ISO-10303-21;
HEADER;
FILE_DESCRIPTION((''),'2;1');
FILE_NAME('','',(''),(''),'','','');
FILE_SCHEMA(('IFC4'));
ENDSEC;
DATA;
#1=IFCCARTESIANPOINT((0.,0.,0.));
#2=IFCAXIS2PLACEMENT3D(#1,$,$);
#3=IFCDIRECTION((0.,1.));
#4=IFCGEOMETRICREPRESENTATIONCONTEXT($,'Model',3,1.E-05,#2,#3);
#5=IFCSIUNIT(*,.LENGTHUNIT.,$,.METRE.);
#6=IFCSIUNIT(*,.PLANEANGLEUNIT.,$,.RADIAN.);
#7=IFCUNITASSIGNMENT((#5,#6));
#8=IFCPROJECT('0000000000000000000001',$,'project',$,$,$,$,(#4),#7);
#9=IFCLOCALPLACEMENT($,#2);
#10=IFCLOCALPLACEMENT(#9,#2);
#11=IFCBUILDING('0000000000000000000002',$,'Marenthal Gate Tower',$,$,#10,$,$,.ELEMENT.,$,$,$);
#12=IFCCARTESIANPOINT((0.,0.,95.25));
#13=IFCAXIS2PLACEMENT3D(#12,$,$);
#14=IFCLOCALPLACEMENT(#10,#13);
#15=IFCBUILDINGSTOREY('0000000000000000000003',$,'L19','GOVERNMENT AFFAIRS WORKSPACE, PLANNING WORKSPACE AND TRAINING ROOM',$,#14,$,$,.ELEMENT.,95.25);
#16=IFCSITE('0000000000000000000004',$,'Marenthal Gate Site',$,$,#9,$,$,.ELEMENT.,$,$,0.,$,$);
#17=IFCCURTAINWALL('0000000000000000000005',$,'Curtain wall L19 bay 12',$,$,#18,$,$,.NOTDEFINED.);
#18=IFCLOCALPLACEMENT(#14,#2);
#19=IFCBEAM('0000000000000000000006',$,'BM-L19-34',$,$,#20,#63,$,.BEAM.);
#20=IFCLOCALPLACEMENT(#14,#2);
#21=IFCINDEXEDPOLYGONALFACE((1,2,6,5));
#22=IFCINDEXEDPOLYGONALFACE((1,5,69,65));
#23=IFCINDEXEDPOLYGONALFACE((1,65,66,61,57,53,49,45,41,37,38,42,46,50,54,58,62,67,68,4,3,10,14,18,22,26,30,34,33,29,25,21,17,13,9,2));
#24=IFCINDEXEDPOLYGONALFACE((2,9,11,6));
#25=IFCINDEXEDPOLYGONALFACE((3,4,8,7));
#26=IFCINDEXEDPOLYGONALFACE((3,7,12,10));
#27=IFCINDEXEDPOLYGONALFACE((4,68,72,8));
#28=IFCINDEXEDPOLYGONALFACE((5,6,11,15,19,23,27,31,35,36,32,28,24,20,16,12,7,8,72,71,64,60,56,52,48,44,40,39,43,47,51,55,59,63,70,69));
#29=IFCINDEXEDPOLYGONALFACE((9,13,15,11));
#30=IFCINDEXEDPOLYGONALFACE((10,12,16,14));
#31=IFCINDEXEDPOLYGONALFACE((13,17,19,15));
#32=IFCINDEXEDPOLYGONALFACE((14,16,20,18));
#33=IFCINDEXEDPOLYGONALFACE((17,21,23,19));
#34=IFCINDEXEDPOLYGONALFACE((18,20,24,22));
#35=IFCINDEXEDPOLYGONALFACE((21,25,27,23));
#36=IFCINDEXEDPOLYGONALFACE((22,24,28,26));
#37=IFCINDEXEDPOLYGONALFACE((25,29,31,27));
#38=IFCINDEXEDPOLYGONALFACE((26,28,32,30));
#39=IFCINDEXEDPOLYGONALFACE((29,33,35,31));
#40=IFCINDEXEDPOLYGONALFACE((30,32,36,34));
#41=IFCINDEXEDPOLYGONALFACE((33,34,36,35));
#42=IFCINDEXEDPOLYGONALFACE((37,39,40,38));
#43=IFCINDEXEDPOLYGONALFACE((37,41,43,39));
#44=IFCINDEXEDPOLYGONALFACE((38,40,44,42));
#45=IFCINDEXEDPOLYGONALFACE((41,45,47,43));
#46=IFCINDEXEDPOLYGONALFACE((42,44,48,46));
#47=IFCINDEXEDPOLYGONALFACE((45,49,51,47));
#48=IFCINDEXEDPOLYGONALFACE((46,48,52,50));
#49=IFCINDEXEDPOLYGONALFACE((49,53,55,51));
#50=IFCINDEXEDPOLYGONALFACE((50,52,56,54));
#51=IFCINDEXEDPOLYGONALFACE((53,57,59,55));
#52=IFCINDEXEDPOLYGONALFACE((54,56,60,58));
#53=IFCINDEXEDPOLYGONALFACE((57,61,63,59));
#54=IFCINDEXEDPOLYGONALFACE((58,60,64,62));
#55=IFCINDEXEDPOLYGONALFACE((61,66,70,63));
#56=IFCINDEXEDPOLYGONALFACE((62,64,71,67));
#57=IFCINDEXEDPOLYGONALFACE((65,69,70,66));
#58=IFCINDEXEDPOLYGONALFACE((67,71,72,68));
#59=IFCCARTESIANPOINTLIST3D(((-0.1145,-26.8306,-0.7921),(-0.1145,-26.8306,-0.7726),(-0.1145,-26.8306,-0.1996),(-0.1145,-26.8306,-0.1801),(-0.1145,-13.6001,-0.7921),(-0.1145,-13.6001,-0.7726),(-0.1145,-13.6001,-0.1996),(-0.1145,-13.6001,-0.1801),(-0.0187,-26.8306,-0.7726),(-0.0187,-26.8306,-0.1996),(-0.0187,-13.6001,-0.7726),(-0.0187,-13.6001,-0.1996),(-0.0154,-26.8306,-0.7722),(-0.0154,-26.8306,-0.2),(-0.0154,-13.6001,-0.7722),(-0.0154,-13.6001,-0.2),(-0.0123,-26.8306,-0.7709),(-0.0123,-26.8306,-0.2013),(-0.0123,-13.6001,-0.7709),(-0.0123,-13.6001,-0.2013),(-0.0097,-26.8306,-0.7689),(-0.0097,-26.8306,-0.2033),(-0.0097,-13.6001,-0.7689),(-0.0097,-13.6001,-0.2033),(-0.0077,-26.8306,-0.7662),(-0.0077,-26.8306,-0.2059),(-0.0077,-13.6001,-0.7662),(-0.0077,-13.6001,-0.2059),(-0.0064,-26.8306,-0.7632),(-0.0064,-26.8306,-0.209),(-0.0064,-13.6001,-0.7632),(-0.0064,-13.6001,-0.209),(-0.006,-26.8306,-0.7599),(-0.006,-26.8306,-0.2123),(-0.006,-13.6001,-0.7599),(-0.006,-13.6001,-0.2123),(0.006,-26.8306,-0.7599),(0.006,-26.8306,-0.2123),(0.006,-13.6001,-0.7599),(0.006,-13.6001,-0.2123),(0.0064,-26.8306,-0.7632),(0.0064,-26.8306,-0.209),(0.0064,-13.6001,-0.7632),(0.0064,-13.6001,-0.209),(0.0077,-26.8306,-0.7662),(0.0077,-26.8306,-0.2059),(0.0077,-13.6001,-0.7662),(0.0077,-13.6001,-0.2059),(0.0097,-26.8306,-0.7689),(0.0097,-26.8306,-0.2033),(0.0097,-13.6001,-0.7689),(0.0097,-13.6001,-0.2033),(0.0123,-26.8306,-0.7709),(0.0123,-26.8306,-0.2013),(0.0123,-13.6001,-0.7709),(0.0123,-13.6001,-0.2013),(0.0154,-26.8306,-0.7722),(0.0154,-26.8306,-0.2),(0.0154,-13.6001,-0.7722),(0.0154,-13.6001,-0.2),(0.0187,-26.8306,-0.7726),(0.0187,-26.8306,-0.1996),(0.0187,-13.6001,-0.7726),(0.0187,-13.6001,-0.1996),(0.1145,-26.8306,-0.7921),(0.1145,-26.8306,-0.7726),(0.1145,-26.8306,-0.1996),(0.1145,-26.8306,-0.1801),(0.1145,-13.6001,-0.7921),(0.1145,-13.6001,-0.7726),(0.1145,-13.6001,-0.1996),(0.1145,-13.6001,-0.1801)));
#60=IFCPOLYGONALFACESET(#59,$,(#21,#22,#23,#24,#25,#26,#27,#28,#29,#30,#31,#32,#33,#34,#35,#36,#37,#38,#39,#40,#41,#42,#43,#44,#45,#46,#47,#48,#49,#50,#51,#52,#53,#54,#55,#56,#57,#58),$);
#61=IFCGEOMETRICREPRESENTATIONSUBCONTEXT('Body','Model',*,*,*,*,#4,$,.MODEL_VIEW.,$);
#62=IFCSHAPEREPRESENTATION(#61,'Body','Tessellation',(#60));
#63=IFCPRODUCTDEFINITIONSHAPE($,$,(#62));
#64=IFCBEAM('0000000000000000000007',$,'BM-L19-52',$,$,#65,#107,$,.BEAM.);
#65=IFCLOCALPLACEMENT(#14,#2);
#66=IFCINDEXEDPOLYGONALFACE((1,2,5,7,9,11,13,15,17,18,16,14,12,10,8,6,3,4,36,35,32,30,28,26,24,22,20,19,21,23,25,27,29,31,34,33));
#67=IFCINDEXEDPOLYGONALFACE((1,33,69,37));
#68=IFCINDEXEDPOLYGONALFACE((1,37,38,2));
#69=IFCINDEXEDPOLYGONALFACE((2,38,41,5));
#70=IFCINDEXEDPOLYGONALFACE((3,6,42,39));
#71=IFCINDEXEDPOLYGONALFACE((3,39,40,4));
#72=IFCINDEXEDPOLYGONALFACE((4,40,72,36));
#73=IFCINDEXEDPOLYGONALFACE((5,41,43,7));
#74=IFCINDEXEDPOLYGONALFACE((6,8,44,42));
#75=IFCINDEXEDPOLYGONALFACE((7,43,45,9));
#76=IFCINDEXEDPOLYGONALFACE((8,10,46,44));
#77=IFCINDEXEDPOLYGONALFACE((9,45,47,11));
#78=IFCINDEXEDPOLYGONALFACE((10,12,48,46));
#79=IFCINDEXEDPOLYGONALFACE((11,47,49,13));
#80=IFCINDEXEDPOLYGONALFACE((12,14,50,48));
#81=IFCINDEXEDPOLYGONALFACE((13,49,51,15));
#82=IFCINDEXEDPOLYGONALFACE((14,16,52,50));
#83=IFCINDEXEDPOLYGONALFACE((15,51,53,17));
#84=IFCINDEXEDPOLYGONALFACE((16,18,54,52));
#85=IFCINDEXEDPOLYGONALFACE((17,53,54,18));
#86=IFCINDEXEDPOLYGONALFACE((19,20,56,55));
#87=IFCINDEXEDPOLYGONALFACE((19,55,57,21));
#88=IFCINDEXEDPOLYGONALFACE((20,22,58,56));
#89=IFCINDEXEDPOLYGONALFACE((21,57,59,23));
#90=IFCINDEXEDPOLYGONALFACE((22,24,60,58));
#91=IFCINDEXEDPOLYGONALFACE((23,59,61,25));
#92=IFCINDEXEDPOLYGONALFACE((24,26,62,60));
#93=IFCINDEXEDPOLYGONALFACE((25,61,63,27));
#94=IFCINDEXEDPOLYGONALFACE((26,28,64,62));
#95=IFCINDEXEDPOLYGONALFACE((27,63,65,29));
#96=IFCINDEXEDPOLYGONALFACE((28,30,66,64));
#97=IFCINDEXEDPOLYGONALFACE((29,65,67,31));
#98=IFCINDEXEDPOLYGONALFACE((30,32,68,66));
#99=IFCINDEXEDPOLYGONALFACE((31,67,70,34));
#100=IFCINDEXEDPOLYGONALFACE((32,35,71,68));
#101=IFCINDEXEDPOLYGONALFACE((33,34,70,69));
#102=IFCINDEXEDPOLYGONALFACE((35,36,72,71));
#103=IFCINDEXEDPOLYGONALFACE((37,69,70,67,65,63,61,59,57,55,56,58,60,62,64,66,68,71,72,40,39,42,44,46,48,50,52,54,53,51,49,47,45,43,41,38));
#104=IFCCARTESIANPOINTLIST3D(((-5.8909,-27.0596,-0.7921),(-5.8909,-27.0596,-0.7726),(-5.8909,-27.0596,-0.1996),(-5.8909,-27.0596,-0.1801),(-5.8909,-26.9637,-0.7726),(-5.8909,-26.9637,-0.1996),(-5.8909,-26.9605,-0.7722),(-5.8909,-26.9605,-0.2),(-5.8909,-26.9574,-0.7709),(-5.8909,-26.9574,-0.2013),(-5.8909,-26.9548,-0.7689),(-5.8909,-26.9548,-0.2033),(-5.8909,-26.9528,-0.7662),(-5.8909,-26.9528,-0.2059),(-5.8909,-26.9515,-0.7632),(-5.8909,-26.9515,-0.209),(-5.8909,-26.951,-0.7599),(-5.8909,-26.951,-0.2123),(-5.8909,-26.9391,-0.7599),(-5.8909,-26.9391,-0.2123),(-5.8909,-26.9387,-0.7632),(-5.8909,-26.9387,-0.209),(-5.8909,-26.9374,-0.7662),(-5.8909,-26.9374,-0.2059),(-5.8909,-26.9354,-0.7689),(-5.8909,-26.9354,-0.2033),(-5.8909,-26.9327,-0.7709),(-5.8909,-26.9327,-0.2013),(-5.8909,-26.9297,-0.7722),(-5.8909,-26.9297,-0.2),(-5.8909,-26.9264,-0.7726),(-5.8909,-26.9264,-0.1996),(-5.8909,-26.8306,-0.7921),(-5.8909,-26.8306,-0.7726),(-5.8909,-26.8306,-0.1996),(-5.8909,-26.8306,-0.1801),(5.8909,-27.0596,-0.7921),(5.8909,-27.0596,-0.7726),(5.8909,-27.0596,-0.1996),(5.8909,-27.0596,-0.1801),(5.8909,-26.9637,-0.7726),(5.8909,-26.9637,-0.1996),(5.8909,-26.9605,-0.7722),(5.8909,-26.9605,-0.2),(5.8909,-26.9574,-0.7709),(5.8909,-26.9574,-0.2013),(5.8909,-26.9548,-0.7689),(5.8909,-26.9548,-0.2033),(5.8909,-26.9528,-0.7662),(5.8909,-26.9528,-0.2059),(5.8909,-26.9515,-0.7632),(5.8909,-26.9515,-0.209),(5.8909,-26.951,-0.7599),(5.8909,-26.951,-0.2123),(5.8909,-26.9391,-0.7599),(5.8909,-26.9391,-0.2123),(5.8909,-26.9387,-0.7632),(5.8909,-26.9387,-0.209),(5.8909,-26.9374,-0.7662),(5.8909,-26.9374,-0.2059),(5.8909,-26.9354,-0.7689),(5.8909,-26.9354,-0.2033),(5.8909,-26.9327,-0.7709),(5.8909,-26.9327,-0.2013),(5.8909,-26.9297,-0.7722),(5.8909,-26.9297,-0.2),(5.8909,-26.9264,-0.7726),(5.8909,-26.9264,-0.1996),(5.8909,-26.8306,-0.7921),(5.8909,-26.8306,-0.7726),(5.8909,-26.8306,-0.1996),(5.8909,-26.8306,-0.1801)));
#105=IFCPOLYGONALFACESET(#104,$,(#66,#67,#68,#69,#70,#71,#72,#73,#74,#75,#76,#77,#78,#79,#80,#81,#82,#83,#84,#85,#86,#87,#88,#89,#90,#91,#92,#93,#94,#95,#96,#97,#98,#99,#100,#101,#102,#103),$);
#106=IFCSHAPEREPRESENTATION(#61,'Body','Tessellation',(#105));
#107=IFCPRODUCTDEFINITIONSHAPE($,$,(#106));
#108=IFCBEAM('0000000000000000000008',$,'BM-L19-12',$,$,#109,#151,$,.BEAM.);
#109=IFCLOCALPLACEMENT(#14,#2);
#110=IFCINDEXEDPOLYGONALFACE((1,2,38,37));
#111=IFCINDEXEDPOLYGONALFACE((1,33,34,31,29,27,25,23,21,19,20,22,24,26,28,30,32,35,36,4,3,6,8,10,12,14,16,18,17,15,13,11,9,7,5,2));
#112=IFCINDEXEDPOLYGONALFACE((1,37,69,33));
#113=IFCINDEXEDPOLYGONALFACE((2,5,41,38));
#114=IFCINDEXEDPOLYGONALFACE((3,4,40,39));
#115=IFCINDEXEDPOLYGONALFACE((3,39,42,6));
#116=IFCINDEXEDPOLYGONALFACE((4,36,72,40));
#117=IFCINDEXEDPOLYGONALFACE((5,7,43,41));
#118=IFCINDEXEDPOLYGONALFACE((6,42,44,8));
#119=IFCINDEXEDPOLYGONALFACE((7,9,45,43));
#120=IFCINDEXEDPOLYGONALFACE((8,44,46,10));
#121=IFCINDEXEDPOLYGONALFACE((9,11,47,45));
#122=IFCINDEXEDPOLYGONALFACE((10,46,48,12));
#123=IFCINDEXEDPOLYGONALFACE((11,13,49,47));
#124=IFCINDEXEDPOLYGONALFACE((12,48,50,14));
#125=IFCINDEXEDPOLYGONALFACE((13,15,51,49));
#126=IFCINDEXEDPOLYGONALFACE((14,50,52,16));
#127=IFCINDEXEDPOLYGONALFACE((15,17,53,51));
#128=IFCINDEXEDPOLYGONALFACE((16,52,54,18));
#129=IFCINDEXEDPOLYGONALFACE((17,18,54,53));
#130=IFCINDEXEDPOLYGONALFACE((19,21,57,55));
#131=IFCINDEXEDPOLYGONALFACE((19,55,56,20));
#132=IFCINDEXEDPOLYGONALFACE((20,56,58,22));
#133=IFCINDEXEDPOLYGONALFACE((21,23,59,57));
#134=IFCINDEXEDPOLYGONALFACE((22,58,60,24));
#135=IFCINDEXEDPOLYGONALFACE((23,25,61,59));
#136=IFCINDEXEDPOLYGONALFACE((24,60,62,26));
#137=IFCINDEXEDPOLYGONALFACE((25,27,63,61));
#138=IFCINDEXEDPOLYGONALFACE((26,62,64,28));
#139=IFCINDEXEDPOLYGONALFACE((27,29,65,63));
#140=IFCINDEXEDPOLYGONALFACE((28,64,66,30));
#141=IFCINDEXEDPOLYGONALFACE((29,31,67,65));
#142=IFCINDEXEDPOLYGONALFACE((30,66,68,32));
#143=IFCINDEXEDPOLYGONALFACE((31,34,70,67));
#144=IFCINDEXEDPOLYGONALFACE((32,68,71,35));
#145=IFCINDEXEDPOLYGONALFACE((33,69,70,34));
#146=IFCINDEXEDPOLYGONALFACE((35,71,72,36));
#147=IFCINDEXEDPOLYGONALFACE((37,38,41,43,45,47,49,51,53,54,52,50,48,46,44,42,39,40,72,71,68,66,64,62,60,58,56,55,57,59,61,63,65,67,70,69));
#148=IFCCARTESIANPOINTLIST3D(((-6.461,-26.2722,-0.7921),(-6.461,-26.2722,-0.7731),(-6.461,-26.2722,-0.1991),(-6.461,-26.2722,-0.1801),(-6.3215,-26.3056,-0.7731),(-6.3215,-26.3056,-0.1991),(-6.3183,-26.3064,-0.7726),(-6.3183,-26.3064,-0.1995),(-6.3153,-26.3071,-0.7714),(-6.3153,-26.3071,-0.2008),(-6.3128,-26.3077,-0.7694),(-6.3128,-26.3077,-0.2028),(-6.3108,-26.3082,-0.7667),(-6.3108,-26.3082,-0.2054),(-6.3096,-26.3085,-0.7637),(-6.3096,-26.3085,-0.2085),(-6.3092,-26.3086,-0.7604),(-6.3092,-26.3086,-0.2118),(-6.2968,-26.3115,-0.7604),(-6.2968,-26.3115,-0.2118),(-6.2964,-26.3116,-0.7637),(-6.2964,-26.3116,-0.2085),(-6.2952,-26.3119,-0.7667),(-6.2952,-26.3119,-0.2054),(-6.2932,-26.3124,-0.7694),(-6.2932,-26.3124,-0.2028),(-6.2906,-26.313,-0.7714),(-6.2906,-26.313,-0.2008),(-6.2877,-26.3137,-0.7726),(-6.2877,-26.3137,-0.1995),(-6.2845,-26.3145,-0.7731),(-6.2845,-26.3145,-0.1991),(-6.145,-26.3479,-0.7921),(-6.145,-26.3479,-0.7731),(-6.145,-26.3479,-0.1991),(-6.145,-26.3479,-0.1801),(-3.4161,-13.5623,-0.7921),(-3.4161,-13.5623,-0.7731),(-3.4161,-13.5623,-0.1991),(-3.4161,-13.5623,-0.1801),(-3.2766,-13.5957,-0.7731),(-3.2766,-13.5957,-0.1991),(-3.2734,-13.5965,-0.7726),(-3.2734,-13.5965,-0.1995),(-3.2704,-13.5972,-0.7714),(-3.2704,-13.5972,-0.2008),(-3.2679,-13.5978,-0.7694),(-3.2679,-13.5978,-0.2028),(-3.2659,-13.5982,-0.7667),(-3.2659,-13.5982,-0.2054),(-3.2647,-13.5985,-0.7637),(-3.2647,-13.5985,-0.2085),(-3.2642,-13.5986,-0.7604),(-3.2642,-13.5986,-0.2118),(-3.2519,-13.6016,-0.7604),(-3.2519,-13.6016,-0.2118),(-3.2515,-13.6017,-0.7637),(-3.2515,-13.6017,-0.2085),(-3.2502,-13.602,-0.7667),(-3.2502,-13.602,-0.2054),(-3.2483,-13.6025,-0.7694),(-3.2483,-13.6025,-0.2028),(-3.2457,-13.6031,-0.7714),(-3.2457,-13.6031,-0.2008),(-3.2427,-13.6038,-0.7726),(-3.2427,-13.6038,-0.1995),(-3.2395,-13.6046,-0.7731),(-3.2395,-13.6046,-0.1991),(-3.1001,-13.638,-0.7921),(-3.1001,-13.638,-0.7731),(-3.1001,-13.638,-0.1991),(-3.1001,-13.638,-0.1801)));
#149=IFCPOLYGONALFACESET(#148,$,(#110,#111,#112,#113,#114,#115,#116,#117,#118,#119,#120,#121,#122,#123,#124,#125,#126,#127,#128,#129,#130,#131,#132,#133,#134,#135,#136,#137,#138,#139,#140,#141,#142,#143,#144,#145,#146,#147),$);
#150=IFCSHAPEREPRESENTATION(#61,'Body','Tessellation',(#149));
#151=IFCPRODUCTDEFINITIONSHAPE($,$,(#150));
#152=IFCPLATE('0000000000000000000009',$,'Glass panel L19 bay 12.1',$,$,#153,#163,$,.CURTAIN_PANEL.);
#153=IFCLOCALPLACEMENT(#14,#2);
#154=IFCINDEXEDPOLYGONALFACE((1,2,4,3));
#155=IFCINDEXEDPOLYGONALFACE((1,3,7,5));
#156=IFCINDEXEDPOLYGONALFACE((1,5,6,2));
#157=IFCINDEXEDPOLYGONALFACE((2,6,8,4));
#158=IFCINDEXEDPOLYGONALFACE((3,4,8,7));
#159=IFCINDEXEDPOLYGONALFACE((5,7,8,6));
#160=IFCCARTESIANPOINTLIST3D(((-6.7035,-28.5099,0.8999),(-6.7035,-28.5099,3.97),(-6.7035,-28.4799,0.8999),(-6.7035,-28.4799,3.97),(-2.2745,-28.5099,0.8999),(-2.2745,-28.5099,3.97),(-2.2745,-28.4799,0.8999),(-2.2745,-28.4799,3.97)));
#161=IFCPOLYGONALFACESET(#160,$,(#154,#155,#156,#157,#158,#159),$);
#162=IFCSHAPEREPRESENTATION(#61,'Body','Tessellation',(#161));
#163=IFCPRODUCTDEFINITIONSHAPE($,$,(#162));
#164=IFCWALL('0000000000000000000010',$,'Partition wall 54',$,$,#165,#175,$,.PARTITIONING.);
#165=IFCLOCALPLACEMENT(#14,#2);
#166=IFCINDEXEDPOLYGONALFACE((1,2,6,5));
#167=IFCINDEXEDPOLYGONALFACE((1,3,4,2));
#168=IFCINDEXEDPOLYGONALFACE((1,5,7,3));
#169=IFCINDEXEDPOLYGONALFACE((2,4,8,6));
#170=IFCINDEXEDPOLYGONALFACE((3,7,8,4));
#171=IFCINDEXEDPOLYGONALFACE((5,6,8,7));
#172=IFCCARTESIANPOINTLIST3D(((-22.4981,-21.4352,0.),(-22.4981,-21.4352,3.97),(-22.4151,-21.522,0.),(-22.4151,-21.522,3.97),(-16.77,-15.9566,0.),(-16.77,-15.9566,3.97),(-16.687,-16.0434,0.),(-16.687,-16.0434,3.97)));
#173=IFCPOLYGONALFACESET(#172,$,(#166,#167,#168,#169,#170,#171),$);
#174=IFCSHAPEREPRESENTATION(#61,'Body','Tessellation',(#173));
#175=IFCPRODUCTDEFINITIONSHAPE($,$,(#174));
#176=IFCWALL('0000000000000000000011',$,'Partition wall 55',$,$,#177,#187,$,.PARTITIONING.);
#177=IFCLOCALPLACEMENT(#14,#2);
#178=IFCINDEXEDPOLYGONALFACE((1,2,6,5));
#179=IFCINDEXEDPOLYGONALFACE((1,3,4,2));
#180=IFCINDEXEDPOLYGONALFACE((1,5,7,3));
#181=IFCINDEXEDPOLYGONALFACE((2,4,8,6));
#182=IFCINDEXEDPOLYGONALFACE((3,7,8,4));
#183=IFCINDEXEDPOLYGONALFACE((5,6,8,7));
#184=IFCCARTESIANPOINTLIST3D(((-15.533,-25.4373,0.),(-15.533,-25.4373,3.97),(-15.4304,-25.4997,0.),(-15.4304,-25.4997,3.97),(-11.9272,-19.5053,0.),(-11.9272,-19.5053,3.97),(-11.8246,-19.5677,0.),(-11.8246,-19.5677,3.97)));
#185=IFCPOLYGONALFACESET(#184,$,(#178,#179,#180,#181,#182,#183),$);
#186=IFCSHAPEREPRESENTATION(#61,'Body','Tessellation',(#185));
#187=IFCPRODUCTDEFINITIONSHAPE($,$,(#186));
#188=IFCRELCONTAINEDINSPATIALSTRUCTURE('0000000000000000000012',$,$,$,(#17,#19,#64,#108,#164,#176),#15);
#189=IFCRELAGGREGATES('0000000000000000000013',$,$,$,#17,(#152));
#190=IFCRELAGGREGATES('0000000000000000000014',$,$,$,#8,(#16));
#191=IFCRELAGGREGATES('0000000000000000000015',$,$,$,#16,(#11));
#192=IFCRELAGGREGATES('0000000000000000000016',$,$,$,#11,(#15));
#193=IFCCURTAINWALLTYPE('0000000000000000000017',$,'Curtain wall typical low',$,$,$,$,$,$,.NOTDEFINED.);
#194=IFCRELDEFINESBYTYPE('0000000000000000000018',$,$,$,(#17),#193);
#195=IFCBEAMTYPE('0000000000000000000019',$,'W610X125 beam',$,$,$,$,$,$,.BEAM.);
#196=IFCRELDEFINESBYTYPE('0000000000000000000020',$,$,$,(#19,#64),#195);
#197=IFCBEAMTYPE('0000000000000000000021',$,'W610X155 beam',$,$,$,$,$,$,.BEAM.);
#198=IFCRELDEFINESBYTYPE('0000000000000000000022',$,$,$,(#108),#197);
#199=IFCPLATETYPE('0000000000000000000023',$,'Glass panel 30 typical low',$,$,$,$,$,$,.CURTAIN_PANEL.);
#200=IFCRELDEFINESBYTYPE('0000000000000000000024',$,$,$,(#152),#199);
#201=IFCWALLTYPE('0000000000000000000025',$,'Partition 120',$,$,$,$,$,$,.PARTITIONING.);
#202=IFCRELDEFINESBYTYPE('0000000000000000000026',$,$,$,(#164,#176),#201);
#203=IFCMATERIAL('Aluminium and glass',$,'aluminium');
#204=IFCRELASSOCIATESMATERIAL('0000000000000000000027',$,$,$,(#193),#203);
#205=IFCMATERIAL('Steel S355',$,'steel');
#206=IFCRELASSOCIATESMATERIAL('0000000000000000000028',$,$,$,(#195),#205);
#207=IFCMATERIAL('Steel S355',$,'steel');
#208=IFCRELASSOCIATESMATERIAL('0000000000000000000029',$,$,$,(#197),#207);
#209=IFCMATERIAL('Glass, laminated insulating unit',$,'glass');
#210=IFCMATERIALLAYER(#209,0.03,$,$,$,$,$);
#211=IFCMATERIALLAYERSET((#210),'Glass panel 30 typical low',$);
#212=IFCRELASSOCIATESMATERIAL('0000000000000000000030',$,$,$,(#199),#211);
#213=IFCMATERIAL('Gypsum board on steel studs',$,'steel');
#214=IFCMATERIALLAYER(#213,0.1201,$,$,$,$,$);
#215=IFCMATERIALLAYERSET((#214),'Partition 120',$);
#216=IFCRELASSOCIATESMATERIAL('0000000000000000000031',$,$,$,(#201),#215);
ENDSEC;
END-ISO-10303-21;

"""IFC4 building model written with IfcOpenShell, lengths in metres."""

from ifc_helpers import new_model, si_unit, direction, frame, frame_2d, origin, origin_2d, place, context, subcontext, project, spatial, rectangle, i_section, extrude, material, layer, layer_set, material_profile, profile_set, type_object, element, aggregate, save


model = new_model("IFC4")

# Units and contexts
model_context = context("Model", 3, precision=1e-05, world=origin(), true_north=direction((0.0, 1.0)))
body_context = subcontext(model_context, "Body", "Model", "MODEL_VIEW")
ifc_project = project(units=[si_unit("LENGTHUNIT", "METRE"), si_unit("PLANEANGLEUNIT", "RADIAN")], contexts=[model_context])

# Site, building, storey
site_placement = place(None, origin())
site = spatial("IfcSite", under=ifc_project, at=site_placement, Name="Marenthal Gate Site", CompositionType="ELEMENT", RefElevation=0.0)
building_placement = place(site_placement, origin())
building = spatial("IfcBuilding", under=site, at=building_placement, Name="Marenthal Gate Tower", CompositionType="ELEMENT")
storey_placement = place(building_placement, frame((0.0, 0.0, 95.25)))
storey = spatial("IfcBuildingStorey", under=building, at=storey_placement, Name="L19", Description="GOVERNMENT AFFAIRS WORKSPACE, PLANNING WORKSPACE AND TRAINING ROOM", CompositionType="ELEMENT", Elevation=95.25)

# Curtain wall
ifc_material_1 = material(Name="Aluminium and glass", Category="aluminium")
curtain_wall_type = type_object("IfcCurtainWallType", Name="Curtain wall typical low", PredefinedType="NOTDEFINED", material=ifc_material_1)
curtain_wall_placement = place(storey_placement, origin())
curtain_wall = element("IfcCurtainWall", 1, at=curtain_wall_placement, inside=storey, type_object=curtain_wall_type, Name="Curtain wall L19 bay 12", PredefinedType="NOTDEFINED")

# Beams
ifc_material_2 = material(Name="Steel S355", Category="steel")
ifc_material_profile_1 = material_profile(ifc_material_2, i_section(OverallWidth=0.229, OverallDepth=0.6121, WebThickness=0.012, FlangeThickness=0.0195, FilletRadius=0.0127, at=origin_2d()), Name="W610X125")
ifc_profile_set_1 = profile_set([ifc_material_profile_1], Name="Steel S355")
beam_type_1 = type_object("IfcBeamType", Name="W610X125 beam", PredefinedType="BEAM", material=ifc_profile_set_1)
beam_1_placement = place(storey_placement, frame((0.0, -26.8306, -0.4861), z_axis=(0.0, 1.0, 0.0), x_axis=(-1.0, 0.0, 0.0)))
element("IfcBeam", 2, at=beam_1_placement, inside=storey, type_object=beam_type_1, Name="BM-L19-34", PredefinedType="BEAM", context=body_context, shape_type="SweptSolid", body=[
    extrude(i_section(OverallWidth=0.229, OverallDepth=0.6121, WebThickness=0.012, FlangeThickness=0.0195, FilletRadius=0.0127, at=origin_2d()), origin(), (0.0, 0.0, 1.0), 13.2305),
])
beam_2_placement = place(storey_placement, frame((-5.8909, -26.9451, -0.4861), z_axis=(1.0, 0.0, 0.0), x_axis=(0.0, 1.0, 0.0)))
element("IfcBeam", 3, at=beam_2_placement, inside=storey, type_object=beam_type_1, Name="BM-L19-52", PredefinedType="BEAM", context=body_context, shape_type="SweptSolid", body=[
    extrude(i_section(OverallWidth=0.229, OverallDepth=0.6121, WebThickness=0.012, FlangeThickness=0.0195, FilletRadius=0.0127, at=origin_2d()), origin(), (0.0, 0.0, 1.0), 11.7817),
])
ifc_material_3 = material(Name="Steel S355", Category="steel")
ifc_material_profile_2 = material_profile(ifc_material_3, i_section(OverallWidth=0.325, OverallDepth=0.6121, WebThickness=0.0127, FlangeThickness=0.019, FilletRadius=0.0127, at=origin_2d()), Name="W610X155")
ifc_profile_set_2 = profile_set([ifc_material_profile_2], Name="Steel S355")
beam_type_2 = type_object("IfcBeamType", Name="W610X155 beam", PredefinedType="BEAM", material=ifc_profile_set_2)
beam_3_placement = place(storey_placement, frame((-6.303, -26.3101, -0.4861), z_axis=(0.232977, 0.972482, 0.0), x_axis=(-0.972482, 0.232977, 0.0)))
element("IfcBeam", 4, at=beam_3_placement, inside=storey, type_object=beam_type_2, Name="BM-L19-12", PredefinedType="BEAM", context=body_context, shape_type="SweptSolid", body=[
    extrude(i_section(OverallWidth=0.325, OverallDepth=0.6121, WebThickness=0.0127, FlangeThickness=0.019, FilletRadius=0.0127, at=origin_2d()), origin(), (0.0, 0.0, 1.0), 13.0696),
])

# Plate
ifc_material_4 = material(Name="Glass, laminated insulating unit", Category="glass")
ifc_layer_1 = layer(ifc_material_4, 0.03)
ifc_layer_set_1 = layer_set([ifc_layer_1], Name="Glass panel 30 typical low")
plate_type = type_object("IfcPlateType", Name="Glass panel 30 typical low", PredefinedType="CURTAIN_PANEL", material=ifc_layer_set_1)
plate_placement = place(storey_placement, frame((-4.489, -28.4949, 0.8999), z_axis=(0.0, 0.0, 1.0), x_axis=(1.0, 0.0, 0.0)))
plate = element("IfcPlate", 5, at=plate_placement, type_object=plate_type, Name="Glass panel L19 bay 12.1", PredefinedType="CURTAIN_PANEL", context=body_context, shape_type="SweptSolid", body=[
    extrude(rectangle(XDim=4.429, YDim=0.03, at=origin_2d()), origin(), (0.0, 0.0, 1.0), 3.0701),
])
aggregate(curtain_wall, [plate])

# Walls
ifc_material_5 = material(Name="Gypsum board on steel studs", Category="steel")
ifc_layer_2 = layer(ifc_material_5, 0.1201)
ifc_layer_set_2 = layer_set([ifc_layer_2], Name="Partition 120")
wall_type = type_object("IfcWallType", Name="Partition 120", PredefinedType="PARTITIONING", material=ifc_layer_set_2)
wall_1_placement = place(storey_placement, frame((-16.7285, -16.0, 0.0), z_axis=(0.0, 0.0, 1.0), x_axis=(-0.722671, -0.691192, 0.0)))
element("IfcWall", 6, at=wall_1_placement, inside=storey, type_object=wall_type, Name="Partition wall 54", PredefinedType="PARTITIONING", context=body_context, shape_type="SweptSolid", body=[
    extrude(rectangle(XDim=7.9263, YDim=0.1201, at=frame_2d((3.9631, 0.0))), origin(), (0.0, 0.0, 1.0), 3.97),
])
wall_2_placement = place(storey_placement, frame((-15.4817, -25.4685, 0.0), z_axis=(0.0, 0.0, 1.0), x_axis=(0.519421, 0.854518, 0.0)))
element("IfcWall", 7, at=wall_2_placement, inside=storey, type_object=wall_type, Name="Partition wall 55", PredefinedType="PARTITIONING", context=body_context, shape_type="SweptSolid", body=[
    extrude(rectangle(XDim=6.9419, YDim=0.1201, at=frame_2d((3.4709, 0.0))), origin(), (0.0, 0.0, 1.0), 3.97),
])

save(model, "model.ifc")
